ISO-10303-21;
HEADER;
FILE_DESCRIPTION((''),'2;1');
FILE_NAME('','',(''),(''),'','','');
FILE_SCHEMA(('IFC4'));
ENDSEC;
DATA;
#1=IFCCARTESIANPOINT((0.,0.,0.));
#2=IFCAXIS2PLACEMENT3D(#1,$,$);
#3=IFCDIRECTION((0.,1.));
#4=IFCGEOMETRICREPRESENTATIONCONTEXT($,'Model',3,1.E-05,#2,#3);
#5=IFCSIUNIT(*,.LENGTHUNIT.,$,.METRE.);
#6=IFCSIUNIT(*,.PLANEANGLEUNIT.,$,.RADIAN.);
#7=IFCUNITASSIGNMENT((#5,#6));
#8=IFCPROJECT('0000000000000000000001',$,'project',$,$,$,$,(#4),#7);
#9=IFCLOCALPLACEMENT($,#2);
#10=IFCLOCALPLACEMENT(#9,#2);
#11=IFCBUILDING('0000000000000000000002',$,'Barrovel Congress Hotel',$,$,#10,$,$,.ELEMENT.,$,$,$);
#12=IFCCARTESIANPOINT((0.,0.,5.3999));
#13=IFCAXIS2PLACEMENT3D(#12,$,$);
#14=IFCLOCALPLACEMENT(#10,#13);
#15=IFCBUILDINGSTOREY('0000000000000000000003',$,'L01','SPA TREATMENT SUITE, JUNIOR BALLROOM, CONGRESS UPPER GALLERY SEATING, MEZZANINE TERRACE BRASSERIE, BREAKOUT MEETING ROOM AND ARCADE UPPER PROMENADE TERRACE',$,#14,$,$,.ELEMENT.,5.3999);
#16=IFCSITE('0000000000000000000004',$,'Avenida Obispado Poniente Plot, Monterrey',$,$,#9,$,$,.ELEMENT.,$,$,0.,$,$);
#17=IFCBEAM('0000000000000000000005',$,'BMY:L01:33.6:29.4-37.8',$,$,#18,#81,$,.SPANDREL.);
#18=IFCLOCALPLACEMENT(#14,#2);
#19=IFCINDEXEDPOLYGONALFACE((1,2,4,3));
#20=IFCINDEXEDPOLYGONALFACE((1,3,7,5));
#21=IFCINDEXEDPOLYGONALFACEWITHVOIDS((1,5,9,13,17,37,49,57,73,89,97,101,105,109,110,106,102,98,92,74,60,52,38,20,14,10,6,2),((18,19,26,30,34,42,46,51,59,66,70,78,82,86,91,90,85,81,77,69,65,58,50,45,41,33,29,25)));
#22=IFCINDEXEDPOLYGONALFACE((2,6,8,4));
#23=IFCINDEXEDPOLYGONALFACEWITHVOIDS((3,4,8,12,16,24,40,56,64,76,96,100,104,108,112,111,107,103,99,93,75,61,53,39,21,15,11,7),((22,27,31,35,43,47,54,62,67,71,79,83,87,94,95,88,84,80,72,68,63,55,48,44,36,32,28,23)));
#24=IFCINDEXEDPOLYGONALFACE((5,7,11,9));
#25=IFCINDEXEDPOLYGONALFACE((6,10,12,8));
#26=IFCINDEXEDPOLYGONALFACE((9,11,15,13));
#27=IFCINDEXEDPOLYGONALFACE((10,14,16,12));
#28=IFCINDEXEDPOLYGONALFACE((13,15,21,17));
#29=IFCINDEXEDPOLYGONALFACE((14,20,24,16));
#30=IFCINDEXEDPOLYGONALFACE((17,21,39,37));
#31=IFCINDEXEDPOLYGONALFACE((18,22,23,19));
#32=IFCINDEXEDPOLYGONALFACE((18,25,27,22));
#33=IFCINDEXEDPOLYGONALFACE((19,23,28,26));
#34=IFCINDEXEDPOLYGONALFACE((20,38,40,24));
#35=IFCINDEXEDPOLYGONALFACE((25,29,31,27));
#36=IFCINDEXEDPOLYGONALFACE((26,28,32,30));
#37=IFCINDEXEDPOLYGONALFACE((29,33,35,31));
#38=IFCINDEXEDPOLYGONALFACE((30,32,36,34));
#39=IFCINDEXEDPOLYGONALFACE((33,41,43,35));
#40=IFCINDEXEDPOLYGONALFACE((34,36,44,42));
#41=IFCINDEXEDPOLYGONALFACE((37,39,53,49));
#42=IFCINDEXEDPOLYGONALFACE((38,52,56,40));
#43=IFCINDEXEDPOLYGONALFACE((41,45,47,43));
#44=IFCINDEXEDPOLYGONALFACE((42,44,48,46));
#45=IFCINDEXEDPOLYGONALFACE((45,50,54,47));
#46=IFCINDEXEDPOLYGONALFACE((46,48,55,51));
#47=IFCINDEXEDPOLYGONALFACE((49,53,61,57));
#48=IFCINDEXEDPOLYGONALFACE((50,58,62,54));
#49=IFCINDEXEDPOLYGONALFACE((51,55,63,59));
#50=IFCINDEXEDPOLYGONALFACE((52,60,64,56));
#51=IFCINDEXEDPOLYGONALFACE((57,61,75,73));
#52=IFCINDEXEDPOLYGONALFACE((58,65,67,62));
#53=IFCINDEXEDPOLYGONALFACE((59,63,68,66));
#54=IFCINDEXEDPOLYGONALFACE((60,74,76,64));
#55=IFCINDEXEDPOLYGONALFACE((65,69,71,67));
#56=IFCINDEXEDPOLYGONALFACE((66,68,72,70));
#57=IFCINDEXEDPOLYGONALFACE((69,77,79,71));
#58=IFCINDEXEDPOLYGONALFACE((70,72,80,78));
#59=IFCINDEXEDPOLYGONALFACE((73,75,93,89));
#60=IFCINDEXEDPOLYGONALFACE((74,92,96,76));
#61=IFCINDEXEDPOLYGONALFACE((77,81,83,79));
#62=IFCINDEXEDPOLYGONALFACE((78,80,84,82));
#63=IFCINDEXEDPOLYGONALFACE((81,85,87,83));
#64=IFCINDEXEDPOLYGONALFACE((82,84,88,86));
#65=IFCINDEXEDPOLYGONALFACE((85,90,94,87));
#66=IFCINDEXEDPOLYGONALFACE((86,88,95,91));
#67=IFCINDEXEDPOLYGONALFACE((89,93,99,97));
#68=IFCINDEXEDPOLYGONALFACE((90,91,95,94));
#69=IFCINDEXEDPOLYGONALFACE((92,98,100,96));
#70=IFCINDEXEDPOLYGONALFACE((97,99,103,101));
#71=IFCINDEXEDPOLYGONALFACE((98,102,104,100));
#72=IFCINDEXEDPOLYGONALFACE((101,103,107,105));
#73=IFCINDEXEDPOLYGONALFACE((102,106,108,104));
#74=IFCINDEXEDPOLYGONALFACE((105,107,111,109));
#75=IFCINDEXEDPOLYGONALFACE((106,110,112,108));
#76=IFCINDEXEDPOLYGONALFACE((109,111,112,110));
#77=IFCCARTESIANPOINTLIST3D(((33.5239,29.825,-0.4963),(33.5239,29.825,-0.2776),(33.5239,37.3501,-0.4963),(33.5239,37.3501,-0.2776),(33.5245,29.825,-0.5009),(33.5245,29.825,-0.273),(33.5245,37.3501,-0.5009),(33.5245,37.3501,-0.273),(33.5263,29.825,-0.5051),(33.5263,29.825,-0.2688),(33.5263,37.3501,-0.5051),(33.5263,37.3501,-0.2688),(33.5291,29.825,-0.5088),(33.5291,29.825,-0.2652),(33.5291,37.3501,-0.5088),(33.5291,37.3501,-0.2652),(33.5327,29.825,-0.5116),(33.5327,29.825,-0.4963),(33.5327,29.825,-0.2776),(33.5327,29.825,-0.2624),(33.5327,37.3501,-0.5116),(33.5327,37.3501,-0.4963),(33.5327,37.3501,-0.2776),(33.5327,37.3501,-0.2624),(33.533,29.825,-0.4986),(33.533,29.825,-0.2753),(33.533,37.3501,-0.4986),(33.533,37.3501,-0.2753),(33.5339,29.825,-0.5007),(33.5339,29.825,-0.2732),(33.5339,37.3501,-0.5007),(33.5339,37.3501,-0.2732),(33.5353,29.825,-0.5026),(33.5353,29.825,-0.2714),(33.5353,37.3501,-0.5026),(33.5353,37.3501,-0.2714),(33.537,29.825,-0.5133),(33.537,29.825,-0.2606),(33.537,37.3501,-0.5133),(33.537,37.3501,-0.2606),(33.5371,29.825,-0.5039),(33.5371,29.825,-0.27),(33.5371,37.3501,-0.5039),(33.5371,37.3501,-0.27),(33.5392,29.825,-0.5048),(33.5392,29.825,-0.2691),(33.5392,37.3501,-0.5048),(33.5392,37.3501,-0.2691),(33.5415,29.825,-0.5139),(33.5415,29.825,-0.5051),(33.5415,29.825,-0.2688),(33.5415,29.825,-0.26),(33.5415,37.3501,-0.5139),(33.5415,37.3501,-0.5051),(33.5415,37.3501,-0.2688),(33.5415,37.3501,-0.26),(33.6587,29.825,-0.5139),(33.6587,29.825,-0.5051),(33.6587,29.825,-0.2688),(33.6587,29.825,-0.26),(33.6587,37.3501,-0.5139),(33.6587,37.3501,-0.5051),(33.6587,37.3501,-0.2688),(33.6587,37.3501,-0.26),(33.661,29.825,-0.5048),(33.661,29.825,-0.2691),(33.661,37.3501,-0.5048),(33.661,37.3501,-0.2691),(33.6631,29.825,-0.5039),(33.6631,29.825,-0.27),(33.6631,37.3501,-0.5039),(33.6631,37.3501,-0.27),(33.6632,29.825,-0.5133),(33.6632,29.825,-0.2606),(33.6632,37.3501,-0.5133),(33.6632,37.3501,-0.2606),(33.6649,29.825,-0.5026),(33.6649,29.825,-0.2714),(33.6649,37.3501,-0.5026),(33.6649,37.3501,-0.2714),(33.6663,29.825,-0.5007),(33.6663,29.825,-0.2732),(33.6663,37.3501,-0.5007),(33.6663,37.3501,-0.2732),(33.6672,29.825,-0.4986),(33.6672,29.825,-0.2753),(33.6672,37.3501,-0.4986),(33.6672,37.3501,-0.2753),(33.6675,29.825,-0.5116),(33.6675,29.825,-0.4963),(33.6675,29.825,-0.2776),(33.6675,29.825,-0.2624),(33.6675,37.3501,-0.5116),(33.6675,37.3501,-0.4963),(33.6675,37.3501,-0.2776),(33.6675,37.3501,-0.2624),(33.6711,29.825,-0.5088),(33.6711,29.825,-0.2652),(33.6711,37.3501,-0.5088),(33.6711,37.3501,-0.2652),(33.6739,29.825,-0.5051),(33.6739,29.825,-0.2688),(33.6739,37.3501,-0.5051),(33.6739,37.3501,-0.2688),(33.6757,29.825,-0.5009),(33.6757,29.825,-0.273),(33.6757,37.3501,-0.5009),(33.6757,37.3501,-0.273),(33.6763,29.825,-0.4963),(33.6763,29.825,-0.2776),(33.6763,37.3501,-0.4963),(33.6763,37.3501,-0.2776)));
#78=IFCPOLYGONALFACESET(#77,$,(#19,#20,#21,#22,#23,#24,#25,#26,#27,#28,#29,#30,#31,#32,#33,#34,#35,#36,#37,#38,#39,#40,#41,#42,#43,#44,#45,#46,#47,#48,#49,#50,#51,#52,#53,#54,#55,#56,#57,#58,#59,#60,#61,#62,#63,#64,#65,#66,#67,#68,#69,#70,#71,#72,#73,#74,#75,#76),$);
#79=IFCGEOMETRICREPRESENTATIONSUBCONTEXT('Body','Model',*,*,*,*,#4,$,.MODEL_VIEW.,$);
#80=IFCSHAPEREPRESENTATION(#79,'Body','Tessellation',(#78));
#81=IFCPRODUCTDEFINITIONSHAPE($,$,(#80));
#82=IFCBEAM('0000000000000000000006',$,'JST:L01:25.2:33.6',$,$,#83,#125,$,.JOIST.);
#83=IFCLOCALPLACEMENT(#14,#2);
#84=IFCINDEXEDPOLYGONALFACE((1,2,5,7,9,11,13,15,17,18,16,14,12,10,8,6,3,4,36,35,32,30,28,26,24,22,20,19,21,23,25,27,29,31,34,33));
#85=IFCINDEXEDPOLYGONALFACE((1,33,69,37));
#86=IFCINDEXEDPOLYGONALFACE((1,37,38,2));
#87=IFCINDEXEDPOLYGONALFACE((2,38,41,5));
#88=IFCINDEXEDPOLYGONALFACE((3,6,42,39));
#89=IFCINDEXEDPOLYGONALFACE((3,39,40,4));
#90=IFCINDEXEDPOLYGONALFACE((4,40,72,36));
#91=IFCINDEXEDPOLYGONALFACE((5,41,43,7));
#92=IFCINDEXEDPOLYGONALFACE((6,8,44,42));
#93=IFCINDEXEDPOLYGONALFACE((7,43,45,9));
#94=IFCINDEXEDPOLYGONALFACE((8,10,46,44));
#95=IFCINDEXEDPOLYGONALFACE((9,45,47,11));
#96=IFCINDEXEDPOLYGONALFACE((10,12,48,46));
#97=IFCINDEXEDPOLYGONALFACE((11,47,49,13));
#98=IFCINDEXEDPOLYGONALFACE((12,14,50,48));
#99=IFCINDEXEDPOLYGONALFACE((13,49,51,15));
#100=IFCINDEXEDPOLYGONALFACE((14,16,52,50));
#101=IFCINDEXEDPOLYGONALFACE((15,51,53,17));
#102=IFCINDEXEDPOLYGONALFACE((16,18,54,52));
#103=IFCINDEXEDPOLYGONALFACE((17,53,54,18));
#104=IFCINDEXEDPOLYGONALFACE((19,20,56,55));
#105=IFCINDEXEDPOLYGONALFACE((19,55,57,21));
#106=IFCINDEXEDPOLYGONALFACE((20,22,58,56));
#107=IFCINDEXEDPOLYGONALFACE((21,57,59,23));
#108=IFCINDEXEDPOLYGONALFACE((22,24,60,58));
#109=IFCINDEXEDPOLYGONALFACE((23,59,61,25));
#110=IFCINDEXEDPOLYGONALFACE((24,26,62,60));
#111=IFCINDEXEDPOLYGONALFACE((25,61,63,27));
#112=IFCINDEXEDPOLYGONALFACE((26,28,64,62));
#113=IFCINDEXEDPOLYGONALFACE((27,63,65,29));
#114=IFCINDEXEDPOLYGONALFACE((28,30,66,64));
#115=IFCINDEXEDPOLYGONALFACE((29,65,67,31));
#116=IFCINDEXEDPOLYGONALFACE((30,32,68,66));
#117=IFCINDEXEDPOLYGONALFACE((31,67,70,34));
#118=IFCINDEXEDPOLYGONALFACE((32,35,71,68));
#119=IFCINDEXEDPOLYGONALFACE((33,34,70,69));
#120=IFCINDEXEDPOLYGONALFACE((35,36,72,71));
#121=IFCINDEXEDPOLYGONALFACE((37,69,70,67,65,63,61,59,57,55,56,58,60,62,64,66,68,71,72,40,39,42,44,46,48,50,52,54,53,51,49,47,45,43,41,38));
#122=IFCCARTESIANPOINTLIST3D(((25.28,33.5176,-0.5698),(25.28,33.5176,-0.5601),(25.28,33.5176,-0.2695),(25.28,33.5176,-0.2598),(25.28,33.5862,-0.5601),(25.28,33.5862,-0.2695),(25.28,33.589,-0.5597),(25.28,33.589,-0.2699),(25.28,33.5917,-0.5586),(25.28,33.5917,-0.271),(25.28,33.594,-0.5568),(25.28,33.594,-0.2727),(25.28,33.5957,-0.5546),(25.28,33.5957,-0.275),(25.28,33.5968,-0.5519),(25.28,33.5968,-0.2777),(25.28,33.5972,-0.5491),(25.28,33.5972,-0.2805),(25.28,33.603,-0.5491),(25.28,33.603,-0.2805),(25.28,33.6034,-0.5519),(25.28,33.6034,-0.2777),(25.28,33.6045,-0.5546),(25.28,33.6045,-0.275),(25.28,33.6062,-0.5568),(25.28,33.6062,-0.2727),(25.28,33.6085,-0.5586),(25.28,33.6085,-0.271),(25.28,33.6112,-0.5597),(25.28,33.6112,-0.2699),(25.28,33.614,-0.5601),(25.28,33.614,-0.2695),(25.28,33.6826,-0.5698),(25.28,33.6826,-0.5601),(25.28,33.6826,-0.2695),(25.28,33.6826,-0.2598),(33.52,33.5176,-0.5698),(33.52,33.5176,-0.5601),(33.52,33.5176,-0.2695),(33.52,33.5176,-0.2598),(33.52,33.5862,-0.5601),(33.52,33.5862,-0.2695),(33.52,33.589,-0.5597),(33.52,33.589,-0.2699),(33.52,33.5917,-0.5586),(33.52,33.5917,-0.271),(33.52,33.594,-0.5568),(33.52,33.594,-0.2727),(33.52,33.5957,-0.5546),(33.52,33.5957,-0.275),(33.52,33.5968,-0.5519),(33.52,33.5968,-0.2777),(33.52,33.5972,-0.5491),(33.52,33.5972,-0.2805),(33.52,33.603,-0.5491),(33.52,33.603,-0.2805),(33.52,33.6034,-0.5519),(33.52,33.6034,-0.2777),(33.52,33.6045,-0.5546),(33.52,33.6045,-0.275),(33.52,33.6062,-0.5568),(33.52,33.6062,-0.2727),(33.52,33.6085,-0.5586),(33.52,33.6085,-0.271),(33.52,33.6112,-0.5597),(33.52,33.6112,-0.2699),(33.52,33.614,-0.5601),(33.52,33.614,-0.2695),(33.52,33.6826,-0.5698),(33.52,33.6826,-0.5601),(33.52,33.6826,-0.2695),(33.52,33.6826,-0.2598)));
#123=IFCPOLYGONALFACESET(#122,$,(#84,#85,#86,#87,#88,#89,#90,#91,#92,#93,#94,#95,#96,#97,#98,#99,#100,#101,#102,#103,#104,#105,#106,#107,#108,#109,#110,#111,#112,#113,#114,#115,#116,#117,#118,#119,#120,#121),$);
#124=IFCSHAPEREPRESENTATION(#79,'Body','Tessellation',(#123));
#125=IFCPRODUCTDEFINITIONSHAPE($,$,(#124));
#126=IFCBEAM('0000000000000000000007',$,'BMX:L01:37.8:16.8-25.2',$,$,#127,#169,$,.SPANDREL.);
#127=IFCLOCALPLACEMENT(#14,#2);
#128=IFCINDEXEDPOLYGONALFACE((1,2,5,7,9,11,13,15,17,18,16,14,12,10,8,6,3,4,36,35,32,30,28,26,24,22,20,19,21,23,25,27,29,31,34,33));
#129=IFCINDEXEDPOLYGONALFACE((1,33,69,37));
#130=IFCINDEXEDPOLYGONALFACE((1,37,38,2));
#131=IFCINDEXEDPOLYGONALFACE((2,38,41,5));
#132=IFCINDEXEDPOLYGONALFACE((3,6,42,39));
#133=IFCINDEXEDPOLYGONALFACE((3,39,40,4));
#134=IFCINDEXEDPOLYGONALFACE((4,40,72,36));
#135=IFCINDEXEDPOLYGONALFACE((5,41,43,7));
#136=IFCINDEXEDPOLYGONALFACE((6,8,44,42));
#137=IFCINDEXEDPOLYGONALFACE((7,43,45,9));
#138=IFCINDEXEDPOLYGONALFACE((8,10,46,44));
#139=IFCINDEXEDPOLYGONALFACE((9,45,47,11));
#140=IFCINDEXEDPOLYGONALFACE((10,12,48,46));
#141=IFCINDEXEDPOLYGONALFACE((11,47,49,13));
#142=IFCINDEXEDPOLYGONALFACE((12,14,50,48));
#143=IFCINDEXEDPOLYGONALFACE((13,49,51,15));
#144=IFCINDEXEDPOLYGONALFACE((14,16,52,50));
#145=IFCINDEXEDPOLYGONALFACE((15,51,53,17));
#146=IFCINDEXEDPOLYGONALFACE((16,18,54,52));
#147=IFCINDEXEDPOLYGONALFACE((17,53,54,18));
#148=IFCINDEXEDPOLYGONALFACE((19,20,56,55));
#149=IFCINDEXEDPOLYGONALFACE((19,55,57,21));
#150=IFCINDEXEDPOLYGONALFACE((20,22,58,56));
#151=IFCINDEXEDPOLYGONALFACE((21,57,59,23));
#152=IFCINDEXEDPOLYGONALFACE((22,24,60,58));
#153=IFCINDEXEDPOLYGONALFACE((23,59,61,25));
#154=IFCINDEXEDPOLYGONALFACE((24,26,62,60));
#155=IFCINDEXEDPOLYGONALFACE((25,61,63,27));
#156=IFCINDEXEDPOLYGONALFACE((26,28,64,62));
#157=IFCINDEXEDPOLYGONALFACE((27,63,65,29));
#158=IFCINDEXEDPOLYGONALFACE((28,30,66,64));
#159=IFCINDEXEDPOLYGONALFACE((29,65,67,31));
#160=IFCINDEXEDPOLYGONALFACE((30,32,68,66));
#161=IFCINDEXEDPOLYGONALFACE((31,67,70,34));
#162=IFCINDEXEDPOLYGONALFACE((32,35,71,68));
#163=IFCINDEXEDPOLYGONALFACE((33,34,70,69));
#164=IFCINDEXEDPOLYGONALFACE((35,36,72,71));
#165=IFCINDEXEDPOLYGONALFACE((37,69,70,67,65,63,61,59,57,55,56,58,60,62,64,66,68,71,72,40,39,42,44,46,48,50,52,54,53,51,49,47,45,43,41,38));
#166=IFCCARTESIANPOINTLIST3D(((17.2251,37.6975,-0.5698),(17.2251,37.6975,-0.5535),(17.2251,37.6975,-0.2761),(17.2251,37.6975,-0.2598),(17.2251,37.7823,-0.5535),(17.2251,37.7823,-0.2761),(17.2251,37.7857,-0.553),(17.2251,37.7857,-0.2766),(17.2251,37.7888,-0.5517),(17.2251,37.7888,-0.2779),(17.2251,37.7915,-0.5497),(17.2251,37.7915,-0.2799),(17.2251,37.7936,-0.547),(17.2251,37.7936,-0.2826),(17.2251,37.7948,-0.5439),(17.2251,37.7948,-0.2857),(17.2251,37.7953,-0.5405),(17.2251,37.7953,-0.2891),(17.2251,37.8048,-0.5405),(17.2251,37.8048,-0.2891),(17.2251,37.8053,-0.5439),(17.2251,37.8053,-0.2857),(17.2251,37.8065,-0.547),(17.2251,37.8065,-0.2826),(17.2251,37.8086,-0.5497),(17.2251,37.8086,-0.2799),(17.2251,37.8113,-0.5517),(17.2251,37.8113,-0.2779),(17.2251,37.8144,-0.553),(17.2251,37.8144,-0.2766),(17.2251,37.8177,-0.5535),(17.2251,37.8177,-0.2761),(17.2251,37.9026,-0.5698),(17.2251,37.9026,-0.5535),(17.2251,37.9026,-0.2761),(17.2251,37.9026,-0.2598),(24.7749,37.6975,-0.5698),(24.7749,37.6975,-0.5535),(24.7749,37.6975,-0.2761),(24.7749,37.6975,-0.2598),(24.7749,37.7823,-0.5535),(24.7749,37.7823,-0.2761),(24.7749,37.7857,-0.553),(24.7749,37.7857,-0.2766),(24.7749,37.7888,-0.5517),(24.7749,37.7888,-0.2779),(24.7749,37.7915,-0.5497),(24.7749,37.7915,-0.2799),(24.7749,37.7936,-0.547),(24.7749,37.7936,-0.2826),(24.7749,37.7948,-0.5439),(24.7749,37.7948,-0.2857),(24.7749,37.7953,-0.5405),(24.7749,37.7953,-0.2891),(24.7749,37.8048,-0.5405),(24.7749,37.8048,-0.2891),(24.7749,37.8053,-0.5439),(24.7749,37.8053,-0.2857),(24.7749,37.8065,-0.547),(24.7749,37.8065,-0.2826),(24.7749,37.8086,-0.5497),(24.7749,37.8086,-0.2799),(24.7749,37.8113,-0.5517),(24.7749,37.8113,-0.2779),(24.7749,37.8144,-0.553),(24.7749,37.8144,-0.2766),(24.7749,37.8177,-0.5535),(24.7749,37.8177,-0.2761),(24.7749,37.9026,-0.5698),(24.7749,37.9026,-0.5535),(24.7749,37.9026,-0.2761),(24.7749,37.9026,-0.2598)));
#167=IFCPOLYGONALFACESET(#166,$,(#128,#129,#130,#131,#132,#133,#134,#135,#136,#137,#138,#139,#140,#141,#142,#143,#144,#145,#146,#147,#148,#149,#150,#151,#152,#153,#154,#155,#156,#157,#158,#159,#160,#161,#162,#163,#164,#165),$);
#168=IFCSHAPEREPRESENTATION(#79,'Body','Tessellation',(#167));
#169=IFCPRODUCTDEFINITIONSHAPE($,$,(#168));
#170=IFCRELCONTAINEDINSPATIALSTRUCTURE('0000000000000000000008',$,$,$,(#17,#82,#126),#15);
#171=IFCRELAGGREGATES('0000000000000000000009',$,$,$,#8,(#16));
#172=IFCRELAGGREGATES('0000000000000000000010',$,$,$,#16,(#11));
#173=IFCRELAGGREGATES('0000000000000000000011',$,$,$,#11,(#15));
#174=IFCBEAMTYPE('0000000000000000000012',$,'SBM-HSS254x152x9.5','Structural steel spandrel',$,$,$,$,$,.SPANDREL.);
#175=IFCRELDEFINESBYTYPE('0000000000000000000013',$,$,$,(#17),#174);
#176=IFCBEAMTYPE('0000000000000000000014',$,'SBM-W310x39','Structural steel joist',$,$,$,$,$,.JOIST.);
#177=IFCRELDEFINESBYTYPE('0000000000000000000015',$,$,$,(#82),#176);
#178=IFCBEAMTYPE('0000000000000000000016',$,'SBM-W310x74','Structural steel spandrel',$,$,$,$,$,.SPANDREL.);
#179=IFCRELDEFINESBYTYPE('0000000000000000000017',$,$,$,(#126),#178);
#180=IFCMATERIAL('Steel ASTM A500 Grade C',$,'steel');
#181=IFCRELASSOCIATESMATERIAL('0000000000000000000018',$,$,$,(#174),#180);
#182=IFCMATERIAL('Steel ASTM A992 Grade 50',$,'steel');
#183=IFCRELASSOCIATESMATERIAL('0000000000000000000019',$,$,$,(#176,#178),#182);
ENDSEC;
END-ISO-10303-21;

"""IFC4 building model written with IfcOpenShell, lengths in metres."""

from ifc_helpers import new_model, si_unit, direction, frame, origin, origin_2d, place, context, subcontext, project, spatial, hollow_rectangle, i_section, extrude, material, material_profile, profile_set, type_object, element, save


model = new_model("IFC4")

# Units and contexts
model_context = context("Model", 3, precision=1e-05, world=origin(), true_north=direction((0.0, 1.0)))
body_context = subcontext(model_context, "Body", "Model", "MODEL_VIEW")
ifc_project = project(units=[si_unit("LENGTHUNIT", "METRE"), si_unit("PLANEANGLEUNIT", "RADIAN")], contexts=[model_context])

# Site, building, storey
site_placement = place(None, origin())
site = spatial("IfcSite", under=ifc_project, at=site_placement, Name="Avenida Obispado Poniente Plot, Monterrey", CompositionType="ELEMENT", RefElevation=0.0)
building_placement = place(site_placement, origin())
building = spatial("IfcBuilding", under=site, at=building_placement, Name="Barrovel Congress Hotel", CompositionType="ELEMENT")
storey_placement = place(building_placement, frame((0.0, 0.0, 5.3999)))
storey = spatial("IfcBuildingStorey", under=building, at=storey_placement, Name="L01", Description="SPA TREATMENT SUITE, JUNIOR BALLROOM, CONGRESS UPPER GALLERY SEATING, MEZZANINE TERRACE BRASSERIE, BREAKOUT MEETING ROOM AND ARCADE UPPER PROMENADE TERRACE", CompositionType="ELEMENT", Elevation=5.3999)

# Beams
ifc_material_1 = material(Name="Steel ASTM A500 Grade C", Category="steel")
ifc_material_profile_1 = material_profile(ifc_material_1, hollow_rectangle(XDim=0.1523, YDim=0.2539, WallThickness=0.0088, InnerFilletRadius=0.0088, OuterFilletRadius=0.0176, at=origin_2d()), Name="HSS254x152x9.5")
ifc_profile_set_1 = profile_set([ifc_material_profile_1], Name="Steel ASTM A500 Grade C")
beam_type_1 = type_object("IfcBeamType", Name="SBM-HSS254x152x9.5", Description="Structural steel spandrel", PredefinedType="SPANDREL", material=ifc_profile_set_1)
beam_1_placement = place(storey_placement, frame((33.6001, 29.825, -0.387), z_axis=(0.0, 1.0, 0.0), x_axis=(-1.0, 0.0, 0.0)))
element("IfcBeam", 1, at=beam_1_placement, inside=storey, type_object=beam_type_1, Name="BMY:L01:33.6:29.4-37.8", PredefinedType="SPANDREL", context=body_context, shape_type="SweptSolid", body=[
    extrude(hollow_rectangle(XDim=0.1523, YDim=0.2539, WallThickness=0.0088, InnerFilletRadius=0.0088, OuterFilletRadius=0.0176, at=origin_2d()), origin(), (0.0, 0.0, 1.0), 7.5251),
])
ifc_material_2 = material(Name="Steel ASTM A992 Grade 50", Category="steel")
ifc_material_profile_2 = material_profile(ifc_material_2, i_section(OverallWidth=0.165, OverallDepth=0.3101, WebThickness=0.0059, FlangeThickness=0.0098, FilletRadius=0.011, at=origin_2d()), Name="W310x39")
ifc_profile_set_2 = profile_set([ifc_material_profile_2], Name="Steel ASTM A992 Grade 50")
beam_type_2 = type_object("IfcBeamType", Name="SBM-W310x39", Description="Structural steel joist", PredefinedType="JOIST", material=ifc_profile_set_2)
beam_2_placement = place(storey_placement, frame((25.28, 33.6001, -0.4148), z_axis=(1.0, 0.0, 0.0), x_axis=(0.0, 1.0, 0.0)))
element("IfcBeam", 2, at=beam_2_placement, inside=storey, type_object=beam_type_2, Name="JST:L01:25.2:33.6", PredefinedType="JOIST", context=body_context, shape_type="SweptSolid", body=[
    extrude(i_section(OverallWidth=0.165, OverallDepth=0.3101, WebThickness=0.0059, FlangeThickness=0.0098, FilletRadius=0.011, at=origin_2d()), origin(), (0.0, 0.0, 1.0), 8.24),
])
ifc_material_profile_3 = material_profile(ifc_material_2, i_section(OverallWidth=0.2051, OverallDepth=0.3101, WebThickness=0.0095, FlangeThickness=0.0164, FilletRadius=0.0129, at=origin_2d()), Name="W310x74")
ifc_profile_set_3 = profile_set([ifc_material_profile_3], Name="Steel ASTM A992 Grade 50")
beam_type_3 = type_object("IfcBeamType", Name="SBM-W310x74", Description="Structural steel spandrel", PredefinedType="SPANDREL", material=ifc_profile_set_3)
beam_3_placement = place(storey_placement, frame((17.2251, 37.8, -0.4148), z_axis=(1.0, 0.0, 0.0), x_axis=(0.0, 1.0, 0.0)))
element("IfcBeam", 3, at=beam_3_placement, inside=storey, type_object=beam_type_3, Name="BMX:L01:37.8:16.8-25.2", PredefinedType="SPANDREL", context=body_context, shape_type="SweptSolid", body=[
    extrude(i_section(OverallWidth=0.2051, OverallDepth=0.3101, WebThickness=0.0095, FlangeThickness=0.0164, FilletRadius=0.0129, at=origin_2d()), origin(), (0.0, 0.0, 1.0), 7.5498),
])

save(model, "model.ifc")
